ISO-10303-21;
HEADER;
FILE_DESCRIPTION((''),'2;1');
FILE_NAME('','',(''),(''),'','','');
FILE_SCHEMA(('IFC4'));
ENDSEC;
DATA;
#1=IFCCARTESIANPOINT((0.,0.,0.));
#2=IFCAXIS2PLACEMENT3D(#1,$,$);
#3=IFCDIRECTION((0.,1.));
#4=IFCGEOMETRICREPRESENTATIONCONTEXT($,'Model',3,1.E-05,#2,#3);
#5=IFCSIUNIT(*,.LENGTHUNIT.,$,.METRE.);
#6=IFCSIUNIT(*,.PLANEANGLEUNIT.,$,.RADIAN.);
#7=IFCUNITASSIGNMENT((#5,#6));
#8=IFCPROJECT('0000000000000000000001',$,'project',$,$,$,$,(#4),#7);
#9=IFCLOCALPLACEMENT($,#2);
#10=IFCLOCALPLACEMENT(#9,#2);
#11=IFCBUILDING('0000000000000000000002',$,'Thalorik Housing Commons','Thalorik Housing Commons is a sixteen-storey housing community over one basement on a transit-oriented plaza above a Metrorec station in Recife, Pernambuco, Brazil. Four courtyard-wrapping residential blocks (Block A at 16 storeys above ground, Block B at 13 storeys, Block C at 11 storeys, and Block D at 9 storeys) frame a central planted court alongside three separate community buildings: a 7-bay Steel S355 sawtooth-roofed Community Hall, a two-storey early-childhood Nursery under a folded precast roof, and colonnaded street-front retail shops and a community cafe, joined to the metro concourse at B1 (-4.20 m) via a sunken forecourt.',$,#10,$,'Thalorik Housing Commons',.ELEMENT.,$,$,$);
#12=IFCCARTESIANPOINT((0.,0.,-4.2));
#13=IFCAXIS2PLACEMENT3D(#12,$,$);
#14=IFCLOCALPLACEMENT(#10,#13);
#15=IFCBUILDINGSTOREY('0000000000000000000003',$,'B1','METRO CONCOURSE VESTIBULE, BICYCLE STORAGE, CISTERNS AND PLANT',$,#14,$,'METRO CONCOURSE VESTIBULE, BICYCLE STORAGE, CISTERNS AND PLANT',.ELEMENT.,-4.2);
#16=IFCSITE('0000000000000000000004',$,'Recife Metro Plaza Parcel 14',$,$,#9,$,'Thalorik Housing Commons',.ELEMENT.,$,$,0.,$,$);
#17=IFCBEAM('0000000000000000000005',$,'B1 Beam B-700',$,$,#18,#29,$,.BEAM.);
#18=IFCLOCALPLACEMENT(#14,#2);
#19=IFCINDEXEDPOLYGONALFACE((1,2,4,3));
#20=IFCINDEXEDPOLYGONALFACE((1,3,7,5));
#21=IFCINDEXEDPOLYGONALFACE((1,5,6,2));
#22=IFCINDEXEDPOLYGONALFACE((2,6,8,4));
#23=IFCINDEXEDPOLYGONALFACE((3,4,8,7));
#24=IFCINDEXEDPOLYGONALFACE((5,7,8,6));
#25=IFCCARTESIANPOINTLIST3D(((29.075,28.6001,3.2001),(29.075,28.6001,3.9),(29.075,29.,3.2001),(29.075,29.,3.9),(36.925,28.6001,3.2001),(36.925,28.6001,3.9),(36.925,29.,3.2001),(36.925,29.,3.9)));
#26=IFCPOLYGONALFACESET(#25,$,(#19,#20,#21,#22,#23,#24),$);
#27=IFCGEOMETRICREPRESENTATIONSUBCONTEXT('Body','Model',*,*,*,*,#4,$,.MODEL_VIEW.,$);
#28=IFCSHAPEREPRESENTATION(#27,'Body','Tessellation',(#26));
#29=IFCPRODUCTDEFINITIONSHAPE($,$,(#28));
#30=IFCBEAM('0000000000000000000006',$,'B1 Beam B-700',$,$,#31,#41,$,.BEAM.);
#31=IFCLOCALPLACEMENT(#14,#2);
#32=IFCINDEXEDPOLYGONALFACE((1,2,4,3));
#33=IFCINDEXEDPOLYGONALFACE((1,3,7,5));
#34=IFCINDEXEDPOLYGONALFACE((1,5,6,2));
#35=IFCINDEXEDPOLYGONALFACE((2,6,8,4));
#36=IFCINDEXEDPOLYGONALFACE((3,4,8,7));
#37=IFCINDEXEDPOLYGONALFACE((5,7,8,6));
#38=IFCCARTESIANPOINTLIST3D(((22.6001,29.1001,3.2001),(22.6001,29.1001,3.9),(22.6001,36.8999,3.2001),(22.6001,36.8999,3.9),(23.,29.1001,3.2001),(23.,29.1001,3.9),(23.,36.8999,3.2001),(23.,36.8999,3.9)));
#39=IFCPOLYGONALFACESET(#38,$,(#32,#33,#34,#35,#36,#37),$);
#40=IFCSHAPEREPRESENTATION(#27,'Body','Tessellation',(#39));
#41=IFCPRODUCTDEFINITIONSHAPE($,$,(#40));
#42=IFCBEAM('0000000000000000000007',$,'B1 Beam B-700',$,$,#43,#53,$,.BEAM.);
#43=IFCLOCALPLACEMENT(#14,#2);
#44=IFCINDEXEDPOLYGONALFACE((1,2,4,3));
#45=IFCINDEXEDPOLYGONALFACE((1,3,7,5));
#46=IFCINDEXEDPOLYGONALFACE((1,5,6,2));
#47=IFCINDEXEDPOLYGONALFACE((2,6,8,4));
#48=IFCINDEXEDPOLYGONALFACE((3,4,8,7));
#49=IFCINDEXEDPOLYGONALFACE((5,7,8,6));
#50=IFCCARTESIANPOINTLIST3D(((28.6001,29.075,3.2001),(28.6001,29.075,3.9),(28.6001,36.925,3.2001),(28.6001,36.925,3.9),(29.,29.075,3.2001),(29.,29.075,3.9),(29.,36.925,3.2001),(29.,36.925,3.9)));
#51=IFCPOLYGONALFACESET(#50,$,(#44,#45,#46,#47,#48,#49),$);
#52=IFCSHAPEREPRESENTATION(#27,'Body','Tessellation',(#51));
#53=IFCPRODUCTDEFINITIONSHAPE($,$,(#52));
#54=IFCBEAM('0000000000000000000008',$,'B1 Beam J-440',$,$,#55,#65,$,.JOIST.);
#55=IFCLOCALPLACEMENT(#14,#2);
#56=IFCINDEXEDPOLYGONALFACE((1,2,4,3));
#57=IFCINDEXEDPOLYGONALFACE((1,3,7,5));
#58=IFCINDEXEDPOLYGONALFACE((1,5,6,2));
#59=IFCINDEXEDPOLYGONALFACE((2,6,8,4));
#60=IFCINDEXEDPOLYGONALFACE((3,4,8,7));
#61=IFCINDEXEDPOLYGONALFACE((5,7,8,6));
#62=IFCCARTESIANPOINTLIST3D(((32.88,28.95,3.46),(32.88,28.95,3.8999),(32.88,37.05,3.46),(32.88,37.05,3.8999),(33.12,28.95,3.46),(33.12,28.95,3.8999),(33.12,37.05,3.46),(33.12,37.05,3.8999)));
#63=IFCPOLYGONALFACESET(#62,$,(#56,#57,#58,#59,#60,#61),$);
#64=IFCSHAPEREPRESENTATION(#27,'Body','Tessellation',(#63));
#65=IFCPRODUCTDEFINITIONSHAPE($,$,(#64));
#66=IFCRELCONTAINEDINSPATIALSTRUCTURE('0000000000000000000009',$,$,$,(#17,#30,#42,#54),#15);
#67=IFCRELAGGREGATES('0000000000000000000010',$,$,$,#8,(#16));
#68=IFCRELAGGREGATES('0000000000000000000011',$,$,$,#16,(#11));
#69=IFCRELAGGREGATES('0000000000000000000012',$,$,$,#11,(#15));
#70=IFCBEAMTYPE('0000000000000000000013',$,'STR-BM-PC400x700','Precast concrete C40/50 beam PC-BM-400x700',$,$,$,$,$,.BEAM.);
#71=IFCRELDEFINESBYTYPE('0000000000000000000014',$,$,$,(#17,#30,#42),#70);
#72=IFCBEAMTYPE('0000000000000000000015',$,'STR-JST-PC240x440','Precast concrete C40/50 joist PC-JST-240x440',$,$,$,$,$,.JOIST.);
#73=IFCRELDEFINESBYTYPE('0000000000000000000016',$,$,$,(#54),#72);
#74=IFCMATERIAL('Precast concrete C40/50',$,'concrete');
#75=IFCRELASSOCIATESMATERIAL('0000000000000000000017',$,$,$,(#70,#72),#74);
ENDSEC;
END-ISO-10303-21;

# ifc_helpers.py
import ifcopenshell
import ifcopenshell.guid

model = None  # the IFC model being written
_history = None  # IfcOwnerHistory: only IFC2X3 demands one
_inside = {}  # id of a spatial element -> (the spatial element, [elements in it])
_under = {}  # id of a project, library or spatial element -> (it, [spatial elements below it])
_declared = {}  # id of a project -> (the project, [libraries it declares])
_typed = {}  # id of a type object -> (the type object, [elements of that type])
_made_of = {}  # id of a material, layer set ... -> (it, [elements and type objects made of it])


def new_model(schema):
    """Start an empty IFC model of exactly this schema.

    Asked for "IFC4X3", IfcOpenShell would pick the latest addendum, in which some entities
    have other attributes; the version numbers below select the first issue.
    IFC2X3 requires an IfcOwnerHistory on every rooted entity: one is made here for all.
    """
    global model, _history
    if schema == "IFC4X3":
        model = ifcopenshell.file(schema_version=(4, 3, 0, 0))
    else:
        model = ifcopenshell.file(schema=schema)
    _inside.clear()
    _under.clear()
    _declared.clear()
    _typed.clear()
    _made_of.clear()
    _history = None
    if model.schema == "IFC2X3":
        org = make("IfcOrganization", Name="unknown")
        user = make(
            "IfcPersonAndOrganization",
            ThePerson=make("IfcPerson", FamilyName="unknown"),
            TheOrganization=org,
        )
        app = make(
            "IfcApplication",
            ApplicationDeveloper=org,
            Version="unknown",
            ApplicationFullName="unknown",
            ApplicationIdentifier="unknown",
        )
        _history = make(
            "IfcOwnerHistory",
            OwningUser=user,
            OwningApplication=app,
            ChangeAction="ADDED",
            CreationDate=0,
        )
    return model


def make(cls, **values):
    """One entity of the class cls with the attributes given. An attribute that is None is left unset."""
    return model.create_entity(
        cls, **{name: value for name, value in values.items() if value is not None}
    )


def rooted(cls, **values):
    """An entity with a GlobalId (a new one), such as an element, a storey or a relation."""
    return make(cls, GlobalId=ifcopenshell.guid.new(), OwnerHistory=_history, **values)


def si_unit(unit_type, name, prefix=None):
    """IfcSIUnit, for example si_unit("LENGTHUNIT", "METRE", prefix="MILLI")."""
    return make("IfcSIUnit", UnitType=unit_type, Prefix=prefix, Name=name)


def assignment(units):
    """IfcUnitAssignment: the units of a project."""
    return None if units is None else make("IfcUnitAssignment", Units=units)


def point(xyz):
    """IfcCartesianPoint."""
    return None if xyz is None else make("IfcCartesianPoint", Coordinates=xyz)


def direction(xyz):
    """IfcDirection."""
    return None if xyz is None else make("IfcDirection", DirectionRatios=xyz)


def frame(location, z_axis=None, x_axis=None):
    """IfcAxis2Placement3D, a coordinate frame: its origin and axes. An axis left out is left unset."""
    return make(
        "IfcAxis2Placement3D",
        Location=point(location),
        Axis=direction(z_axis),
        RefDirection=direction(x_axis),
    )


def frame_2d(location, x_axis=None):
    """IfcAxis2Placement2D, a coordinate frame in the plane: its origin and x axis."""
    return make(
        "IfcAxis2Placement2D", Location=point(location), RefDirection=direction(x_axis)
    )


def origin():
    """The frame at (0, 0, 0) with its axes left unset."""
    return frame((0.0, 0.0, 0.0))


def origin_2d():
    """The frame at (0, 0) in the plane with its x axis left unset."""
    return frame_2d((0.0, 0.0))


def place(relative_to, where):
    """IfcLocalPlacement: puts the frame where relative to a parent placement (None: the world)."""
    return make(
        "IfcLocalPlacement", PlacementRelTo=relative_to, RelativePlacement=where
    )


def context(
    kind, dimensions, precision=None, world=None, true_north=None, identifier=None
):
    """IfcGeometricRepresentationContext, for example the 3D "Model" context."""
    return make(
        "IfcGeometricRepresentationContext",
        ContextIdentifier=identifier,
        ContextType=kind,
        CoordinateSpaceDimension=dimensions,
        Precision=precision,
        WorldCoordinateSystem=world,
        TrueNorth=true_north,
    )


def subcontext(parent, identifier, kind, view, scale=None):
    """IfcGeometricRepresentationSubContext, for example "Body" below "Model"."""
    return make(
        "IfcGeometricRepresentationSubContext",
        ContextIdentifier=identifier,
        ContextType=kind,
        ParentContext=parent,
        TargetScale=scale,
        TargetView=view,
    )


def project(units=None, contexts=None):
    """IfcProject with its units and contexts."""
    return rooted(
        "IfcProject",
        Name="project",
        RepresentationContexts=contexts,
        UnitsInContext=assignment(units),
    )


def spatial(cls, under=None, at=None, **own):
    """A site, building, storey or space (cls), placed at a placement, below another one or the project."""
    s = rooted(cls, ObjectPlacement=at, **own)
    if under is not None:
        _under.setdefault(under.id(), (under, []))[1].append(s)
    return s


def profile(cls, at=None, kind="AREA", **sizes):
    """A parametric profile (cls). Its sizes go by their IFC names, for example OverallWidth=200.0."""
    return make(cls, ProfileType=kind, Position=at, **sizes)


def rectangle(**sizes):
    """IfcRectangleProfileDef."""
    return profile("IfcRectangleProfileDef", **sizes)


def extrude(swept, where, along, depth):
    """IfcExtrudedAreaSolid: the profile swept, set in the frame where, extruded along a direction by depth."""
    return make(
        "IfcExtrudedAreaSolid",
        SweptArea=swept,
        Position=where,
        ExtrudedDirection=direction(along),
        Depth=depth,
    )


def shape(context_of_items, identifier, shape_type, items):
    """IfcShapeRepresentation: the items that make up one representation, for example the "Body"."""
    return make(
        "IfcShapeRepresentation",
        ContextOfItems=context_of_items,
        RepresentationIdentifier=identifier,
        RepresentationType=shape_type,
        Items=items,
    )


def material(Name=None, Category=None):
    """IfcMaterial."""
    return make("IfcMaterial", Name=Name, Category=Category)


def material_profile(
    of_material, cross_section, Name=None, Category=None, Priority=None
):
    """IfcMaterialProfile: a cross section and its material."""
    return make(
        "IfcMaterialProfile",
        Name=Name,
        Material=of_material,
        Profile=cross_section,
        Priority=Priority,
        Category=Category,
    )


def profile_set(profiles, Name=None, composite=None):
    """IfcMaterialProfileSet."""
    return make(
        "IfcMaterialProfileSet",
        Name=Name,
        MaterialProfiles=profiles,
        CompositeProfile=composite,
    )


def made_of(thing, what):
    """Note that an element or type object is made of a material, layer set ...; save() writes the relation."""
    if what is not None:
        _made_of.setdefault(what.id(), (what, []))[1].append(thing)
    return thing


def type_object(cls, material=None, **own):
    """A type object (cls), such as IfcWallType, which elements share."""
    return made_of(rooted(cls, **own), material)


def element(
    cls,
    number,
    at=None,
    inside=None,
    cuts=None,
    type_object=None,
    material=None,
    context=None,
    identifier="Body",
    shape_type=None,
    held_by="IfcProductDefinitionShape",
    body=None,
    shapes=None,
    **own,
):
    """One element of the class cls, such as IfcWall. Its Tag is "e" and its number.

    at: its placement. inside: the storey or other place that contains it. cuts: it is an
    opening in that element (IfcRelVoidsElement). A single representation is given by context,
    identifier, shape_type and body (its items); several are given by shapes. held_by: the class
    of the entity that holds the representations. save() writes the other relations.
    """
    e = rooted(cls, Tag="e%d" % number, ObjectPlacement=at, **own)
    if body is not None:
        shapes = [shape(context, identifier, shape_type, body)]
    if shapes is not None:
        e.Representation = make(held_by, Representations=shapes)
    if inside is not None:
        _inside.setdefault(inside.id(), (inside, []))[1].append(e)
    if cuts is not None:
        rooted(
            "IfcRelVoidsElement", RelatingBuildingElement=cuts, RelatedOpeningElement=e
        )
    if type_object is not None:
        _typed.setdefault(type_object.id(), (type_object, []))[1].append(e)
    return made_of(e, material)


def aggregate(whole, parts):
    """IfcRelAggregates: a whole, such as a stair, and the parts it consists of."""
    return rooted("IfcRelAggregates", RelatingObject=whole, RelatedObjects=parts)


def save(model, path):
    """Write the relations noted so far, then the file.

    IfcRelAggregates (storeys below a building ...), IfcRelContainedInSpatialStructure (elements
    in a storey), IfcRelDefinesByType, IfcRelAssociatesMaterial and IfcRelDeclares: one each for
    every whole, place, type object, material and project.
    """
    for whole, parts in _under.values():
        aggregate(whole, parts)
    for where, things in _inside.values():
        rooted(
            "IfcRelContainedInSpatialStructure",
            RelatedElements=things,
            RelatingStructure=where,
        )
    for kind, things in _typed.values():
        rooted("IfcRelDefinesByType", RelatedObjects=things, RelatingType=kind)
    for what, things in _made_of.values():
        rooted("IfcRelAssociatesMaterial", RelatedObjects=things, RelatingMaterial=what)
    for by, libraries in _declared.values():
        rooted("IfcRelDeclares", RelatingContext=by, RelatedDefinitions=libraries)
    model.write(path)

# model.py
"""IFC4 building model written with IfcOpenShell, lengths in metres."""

from ifc_helpers import new_model, si_unit, direction, frame, origin, origin_2d, place, context, subcontext, project, spatial, rectangle, extrude, material, material_profile, profile_set, type_object, element, save


model = new_model("IFC4")

# Units and contexts
model_context = context("Model", 3, precision=1e-05, world=origin(), true_north=direction((0.0, 1.0)))
body_context = subcontext(model_context, "Body", "Model", "MODEL_VIEW")
ifc_project = project(units=[si_unit("LENGTHUNIT", "METRE"), si_unit("PLANEANGLEUNIT", "RADIAN")], contexts=[model_context])

# Site, building, storey
site_placement = place(None, origin())
site = spatial("IfcSite", under=ifc_project, at=site_placement, Name="Recife Metro Plaza Parcel 14", LongName="Thalorik Housing Commons", CompositionType="ELEMENT", RefElevation=0.0)
building_placement = place(site_placement, origin())
building = spatial("IfcBuilding", under=site, at=building_placement, Name="Thalorik Housing Commons", Description="Thalorik Housing Commons is a sixteen-storey housing community over one basement on a transit-oriented plaza above a Metrorec station in Recife, Pernambuco, Brazil. Four courtyard-wrapping residential blocks (Block A at 16 storeys above ground, Block B at 13 storeys, Block C at 11 storeys, and Block D at 9 storeys) frame a central planted court alongside three separate community buildings: a 7-bay Steel S355 sawtooth-roofed Community Hall, a two-storey early-childhood Nursery under a folded precast roof, and colonnaded street-front retail shops and a community cafe, joined to the metro concourse at B1 (-4.20 m) via a sunken forecourt.", LongName="Thalorik Housing Commons", CompositionType="ELEMENT")
storey_placement = place(building_placement, frame((0.0, 0.0, -4.2)))
storey = spatial("IfcBuildingStorey", under=building, at=storey_placement, Name="B1", Description="METRO CONCOURSE VESTIBULE, BICYCLE STORAGE, CISTERNS AND PLANT", LongName="METRO CONCOURSE VESTIBULE, BICYCLE STORAGE, CISTERNS AND PLANT", CompositionType="ELEMENT", Elevation=-4.2)

# Shared definitions
ifc_material_1 = material(Name="Precast concrete C40/50", Category="concrete")

# Beams
ifc_material_profile_1 = material_profile(ifc_material_1, rectangle(XDim=0.3999, YDim=0.7, at=origin_2d()), Name="PC 400x700", Category="concrete")
ifc_profile_set_1 = profile_set([ifc_material_profile_1], Name="Precast concrete C40/50")
beam_type_1 = type_object("IfcBeamType", Name="STR-BM-PC400x700", Description="Precast concrete C40/50 beam PC-BM-400x700", PredefinedType="BEAM", material=ifc_profile_set_1)
beam_1_placement = place(storey_placement, frame((29.075, 28.8, 3.55), z_axis=(1.0, 0.0, 0.0), x_axis=(0.0, 1.0, 0.0)))
element("IfcBeam", 1, at=beam_1_placement, inside=storey, type_object=beam_type_1, Name="B1 Beam B-700", PredefinedType="BEAM", context=body_context, shape_type="SweptSolid", body=[
    extrude(rectangle(XDim=0.3999, YDim=0.7, at=origin_2d()), origin(), (0.0, 0.0, 1.0), 7.8501),
])
beam_2_placement = place(storey_placement, frame((22.8, 29.1001, 3.55), z_axis=(0.0, 1.0, 0.0), x_axis=(-1.0, 0.0, 0.0)))
element("IfcBeam", 2, at=beam_2_placement, inside=storey, type_object=beam_type_1, Name="B1 Beam B-700", PredefinedType="BEAM", context=body_context, shape_type="SweptSolid", body=[
    extrude(rectangle(XDim=0.3999, YDim=0.7, at=origin_2d()), origin(), (0.0, 0.0, 1.0), 7.7998),
])
beam_3_placement = place(storey_placement, frame((28.8, 29.075, 3.55), z_axis=(0.0, 1.0, 0.0), x_axis=(-1.0, 0.0, 0.0)))
element("IfcBeam", 3, at=beam_3_placement, inside=storey, type_object=beam_type_1, Name="B1 Beam B-700", PredefinedType="BEAM", context=body_context, shape_type="SweptSolid", body=[
    extrude(rectangle(XDim=0.3999, YDim=0.7, at=origin_2d()), origin(), (0.0, 0.0, 1.0), 7.8501),
])
ifc_material_profile_2 = material_profile(ifc_material_1, rectangle(XDim=0.24, YDim=0.4399, at=origin_2d()), Name="PC JST 240x440", Category="concrete")
ifc_profile_set_2 = profile_set([ifc_material_profile_2], Name="Precast concrete C40/50")
beam_type_2 = type_object("IfcBeamType", Name="STR-JST-PC240x440", Description="Precast concrete C40/50 joist PC-JST-240x440", PredefinedType="JOIST", material=ifc_profile_set_2)
beam_4_placement = place(storey_placement, frame((33.0, 28.95, 3.6799), z_axis=(0.0, 1.0, 0.0), x_axis=(-1.0, 0.0, 0.0)))
element("IfcBeam", 4, at=beam_4_placement, inside=storey, type_object=beam_type_2, Name="B1 Beam J-440", PredefinedType="JOIST", context=body_context, shape_type="SweptSolid", body=[
    extrude(rectangle(XDim=0.24, YDim=0.4399, at=origin_2d()), origin(), (0.0, 0.0, 1.0), 8.1001),
])

save(model, "model.ifc")
